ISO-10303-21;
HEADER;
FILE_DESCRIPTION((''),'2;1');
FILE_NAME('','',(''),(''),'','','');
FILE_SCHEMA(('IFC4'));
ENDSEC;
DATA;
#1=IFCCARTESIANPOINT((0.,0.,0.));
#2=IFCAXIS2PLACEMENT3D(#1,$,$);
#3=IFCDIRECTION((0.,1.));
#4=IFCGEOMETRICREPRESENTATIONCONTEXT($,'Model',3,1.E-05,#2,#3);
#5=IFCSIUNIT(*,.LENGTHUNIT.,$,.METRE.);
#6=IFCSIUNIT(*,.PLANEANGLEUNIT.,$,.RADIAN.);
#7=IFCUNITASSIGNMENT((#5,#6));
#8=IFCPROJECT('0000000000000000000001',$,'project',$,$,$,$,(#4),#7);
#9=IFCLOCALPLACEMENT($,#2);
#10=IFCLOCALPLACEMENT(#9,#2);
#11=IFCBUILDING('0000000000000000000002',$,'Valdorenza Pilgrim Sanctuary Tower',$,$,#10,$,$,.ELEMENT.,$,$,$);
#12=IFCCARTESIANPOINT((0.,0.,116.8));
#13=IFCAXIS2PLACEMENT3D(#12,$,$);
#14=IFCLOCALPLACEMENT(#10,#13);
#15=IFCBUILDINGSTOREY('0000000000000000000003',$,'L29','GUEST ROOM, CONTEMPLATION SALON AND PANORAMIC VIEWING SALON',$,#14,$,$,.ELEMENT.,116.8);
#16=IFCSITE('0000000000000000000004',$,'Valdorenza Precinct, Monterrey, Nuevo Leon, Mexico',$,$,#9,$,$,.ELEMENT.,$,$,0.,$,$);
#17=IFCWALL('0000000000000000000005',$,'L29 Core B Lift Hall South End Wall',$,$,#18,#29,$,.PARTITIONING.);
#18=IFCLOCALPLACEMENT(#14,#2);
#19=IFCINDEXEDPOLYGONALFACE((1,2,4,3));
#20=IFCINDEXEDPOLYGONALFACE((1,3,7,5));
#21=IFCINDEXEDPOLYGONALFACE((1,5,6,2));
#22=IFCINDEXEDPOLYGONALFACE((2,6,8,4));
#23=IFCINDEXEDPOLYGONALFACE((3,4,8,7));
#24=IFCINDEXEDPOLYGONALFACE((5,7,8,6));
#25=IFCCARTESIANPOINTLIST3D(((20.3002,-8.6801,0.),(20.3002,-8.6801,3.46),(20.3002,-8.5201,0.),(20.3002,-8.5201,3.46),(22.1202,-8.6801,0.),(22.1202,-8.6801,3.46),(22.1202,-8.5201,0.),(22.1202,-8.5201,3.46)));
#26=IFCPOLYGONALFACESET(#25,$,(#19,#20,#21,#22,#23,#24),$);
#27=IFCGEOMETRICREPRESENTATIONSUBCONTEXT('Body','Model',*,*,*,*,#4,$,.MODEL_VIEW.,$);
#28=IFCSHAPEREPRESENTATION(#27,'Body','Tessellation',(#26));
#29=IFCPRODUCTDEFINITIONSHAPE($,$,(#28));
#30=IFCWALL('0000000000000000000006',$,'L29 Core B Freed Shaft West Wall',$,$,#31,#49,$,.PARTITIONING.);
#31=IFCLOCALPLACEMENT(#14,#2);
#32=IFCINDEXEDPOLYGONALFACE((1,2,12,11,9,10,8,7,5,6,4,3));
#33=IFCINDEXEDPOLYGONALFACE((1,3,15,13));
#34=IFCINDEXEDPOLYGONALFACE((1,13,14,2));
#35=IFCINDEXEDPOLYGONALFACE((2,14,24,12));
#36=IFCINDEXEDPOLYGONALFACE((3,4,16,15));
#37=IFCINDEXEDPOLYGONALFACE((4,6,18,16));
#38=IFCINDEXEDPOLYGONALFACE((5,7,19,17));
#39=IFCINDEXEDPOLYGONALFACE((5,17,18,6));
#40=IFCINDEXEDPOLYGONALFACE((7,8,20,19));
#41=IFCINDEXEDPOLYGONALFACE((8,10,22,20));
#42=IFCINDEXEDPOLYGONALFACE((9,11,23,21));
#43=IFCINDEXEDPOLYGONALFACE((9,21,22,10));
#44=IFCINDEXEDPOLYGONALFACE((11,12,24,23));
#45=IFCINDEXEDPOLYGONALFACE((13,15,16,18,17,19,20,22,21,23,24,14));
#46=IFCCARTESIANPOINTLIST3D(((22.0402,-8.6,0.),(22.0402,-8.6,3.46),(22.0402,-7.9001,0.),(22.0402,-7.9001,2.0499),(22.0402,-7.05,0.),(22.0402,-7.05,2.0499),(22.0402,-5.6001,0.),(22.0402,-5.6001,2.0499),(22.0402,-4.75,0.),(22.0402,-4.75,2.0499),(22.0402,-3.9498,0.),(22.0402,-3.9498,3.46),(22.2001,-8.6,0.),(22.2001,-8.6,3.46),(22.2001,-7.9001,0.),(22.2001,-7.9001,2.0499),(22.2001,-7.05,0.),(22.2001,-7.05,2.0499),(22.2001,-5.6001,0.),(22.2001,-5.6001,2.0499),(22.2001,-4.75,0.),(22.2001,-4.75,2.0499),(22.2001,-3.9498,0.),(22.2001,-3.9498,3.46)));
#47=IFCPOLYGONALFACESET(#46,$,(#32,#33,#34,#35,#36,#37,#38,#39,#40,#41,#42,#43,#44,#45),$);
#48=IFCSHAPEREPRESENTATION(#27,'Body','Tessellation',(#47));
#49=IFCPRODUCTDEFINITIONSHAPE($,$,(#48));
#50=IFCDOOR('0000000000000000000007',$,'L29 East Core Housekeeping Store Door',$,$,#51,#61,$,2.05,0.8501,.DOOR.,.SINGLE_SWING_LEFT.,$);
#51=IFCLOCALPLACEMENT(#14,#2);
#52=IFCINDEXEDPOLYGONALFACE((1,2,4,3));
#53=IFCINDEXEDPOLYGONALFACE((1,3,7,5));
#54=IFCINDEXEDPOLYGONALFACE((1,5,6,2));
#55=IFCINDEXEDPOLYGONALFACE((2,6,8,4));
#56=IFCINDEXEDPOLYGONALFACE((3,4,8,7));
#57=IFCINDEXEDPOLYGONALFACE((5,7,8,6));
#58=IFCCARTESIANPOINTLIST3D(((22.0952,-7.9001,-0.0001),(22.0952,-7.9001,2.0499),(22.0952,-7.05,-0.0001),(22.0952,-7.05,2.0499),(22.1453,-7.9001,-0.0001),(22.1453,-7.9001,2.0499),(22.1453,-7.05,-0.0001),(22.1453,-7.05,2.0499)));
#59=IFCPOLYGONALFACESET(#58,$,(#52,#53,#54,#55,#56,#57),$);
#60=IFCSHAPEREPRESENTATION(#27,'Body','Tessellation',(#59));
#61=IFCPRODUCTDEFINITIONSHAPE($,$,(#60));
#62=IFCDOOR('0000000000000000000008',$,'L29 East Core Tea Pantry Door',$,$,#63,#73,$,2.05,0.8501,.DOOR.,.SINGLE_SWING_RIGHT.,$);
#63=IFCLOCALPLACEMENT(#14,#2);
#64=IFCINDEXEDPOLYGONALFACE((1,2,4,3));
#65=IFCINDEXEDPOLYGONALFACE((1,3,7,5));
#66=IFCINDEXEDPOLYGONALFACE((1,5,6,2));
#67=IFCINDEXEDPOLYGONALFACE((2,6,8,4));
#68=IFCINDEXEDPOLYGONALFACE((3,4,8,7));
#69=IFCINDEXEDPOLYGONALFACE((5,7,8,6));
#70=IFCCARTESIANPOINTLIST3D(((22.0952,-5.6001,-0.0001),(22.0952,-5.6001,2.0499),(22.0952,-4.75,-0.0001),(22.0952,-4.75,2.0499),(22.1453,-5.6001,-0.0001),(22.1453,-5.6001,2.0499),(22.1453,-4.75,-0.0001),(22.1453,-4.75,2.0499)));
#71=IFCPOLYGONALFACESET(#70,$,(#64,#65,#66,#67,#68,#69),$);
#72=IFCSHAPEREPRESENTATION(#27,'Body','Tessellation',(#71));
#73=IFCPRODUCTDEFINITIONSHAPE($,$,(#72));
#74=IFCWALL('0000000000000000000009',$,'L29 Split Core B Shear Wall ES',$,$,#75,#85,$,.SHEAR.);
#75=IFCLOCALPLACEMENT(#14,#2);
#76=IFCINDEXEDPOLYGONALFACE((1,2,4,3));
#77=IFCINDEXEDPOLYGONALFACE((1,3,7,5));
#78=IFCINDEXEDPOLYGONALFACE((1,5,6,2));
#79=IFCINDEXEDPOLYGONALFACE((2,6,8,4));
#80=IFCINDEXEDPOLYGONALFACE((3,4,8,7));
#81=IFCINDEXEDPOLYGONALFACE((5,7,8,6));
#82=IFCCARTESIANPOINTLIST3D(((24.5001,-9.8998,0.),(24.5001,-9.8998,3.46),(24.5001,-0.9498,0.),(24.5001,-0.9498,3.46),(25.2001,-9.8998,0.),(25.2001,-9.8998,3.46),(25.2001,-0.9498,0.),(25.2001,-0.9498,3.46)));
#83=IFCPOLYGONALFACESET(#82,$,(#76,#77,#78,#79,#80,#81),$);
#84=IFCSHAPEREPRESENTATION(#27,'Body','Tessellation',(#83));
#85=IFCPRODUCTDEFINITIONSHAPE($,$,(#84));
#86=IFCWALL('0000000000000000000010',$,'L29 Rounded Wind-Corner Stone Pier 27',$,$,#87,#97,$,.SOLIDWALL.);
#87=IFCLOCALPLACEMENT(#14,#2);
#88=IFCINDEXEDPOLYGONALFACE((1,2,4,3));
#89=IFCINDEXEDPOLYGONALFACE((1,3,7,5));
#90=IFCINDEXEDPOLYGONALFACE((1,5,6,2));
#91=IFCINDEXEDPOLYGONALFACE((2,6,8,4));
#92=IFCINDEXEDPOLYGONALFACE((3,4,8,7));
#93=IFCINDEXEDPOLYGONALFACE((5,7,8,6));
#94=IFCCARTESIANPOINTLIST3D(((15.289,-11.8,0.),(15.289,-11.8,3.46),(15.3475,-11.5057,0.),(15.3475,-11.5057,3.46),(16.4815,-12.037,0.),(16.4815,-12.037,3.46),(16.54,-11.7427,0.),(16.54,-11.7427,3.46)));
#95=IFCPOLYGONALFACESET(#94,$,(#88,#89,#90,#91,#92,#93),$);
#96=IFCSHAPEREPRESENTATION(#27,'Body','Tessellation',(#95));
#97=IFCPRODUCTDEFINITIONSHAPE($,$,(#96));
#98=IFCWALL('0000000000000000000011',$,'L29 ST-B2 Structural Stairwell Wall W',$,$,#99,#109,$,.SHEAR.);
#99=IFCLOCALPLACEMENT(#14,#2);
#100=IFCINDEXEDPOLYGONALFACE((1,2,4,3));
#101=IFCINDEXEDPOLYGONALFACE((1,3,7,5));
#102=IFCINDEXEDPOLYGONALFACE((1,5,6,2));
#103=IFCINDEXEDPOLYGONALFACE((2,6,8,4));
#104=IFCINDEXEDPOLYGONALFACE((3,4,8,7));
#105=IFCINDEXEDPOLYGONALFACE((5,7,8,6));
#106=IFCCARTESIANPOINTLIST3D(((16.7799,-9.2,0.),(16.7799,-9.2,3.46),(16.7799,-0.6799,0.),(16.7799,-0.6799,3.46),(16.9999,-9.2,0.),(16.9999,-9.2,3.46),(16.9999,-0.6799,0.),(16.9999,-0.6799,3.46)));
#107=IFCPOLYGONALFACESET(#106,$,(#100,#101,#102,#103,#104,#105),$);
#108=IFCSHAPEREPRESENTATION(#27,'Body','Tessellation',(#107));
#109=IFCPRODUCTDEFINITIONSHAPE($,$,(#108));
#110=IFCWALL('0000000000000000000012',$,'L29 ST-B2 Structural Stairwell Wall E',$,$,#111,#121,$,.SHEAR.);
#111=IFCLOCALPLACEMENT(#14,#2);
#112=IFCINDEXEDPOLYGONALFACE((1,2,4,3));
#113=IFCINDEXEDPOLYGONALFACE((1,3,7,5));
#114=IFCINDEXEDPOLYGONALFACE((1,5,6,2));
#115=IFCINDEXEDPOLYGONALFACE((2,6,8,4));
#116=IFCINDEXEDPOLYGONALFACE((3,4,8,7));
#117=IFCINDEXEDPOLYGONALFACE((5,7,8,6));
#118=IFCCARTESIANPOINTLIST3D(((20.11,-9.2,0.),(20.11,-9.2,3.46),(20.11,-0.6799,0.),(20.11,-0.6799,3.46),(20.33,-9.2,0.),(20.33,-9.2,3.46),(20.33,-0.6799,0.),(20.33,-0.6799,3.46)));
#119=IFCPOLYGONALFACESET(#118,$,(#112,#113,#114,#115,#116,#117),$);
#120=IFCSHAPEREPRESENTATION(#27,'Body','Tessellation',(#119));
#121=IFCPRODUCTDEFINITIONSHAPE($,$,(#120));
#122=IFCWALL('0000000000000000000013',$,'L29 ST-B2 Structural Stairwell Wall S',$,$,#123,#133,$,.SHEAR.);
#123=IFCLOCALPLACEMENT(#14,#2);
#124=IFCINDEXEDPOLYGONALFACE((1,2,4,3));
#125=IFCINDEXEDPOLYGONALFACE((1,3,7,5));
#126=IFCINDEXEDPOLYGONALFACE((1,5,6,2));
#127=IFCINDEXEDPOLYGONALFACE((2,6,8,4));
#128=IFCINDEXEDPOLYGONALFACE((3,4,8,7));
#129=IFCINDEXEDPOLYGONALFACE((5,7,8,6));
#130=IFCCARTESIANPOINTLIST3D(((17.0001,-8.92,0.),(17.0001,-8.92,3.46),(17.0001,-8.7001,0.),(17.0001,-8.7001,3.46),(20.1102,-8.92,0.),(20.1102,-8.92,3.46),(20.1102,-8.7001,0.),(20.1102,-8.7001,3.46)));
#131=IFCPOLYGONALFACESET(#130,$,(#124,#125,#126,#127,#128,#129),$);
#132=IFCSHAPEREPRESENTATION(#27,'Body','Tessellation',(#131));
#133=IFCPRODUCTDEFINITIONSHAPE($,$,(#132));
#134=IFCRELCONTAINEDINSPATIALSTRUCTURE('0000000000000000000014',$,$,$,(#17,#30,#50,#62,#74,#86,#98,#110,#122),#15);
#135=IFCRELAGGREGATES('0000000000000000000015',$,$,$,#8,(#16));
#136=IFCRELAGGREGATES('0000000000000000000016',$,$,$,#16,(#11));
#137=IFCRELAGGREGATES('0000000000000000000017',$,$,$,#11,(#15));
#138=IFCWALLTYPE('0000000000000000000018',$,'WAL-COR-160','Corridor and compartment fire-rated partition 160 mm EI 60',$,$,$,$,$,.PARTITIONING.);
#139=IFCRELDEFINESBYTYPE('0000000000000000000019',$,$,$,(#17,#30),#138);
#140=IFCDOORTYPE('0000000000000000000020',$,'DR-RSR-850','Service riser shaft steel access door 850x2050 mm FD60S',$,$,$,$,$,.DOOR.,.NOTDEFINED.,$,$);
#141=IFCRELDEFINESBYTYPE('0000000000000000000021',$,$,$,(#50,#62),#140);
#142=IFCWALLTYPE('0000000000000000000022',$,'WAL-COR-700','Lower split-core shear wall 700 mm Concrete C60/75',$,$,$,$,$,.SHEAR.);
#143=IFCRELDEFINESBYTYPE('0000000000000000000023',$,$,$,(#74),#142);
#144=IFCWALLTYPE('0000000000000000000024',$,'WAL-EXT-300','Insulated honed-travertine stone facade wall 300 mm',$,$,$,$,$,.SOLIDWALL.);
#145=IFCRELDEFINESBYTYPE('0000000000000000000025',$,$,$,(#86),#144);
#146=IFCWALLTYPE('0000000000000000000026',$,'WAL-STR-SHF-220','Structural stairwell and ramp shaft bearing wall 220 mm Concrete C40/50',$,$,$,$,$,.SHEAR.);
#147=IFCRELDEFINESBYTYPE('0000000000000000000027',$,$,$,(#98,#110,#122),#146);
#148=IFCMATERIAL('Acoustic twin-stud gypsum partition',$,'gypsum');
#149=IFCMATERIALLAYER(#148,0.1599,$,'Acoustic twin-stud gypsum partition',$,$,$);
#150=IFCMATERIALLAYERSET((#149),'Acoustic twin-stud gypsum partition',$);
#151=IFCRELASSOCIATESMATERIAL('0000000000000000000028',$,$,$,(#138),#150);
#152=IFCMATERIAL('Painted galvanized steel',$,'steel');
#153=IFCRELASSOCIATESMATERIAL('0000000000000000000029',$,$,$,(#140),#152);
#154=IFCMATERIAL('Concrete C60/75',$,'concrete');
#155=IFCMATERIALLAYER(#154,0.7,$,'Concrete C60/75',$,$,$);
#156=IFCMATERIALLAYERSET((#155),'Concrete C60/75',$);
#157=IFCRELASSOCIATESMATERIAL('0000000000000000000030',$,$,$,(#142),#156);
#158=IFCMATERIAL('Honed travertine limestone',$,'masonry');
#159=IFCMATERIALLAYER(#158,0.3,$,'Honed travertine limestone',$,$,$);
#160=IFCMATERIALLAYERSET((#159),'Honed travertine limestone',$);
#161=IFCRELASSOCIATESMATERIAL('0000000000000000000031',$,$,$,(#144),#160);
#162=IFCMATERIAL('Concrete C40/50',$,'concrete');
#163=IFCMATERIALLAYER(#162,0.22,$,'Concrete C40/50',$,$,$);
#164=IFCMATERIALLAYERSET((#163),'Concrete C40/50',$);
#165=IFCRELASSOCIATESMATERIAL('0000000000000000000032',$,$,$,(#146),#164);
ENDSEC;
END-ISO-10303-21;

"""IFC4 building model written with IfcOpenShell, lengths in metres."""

from ifc_helpers import new_model, si_unit, direction, frame, frame_2d, origin, place, context, subcontext, project, spatial, rectangle, extrude, material, layer, layer_set, type_object, element, fill, save


model = new_model("IFC4")

# Units and contexts
model_context = context("Model", 3, precision=1e-05, world=origin(), true_north=direction((0.0, 1.0)))
body_context = subcontext(model_context, "Body", "Model", "MODEL_VIEW")
ifc_project = project(units=[si_unit("LENGTHUNIT", "METRE"), si_unit("PLANEANGLEUNIT", "RADIAN")], contexts=[model_context])

# Site, building, storey
site_placement = place(None, origin())
site = spatial("IfcSite", under=ifc_project, at=site_placement, Name="Valdorenza Precinct, Monterrey, Nuevo Leon, Mexico", CompositionType="ELEMENT", RefElevation=0.0)
building_placement = place(site_placement, origin())
building = spatial("IfcBuilding", under=site, at=building_placement, Name="Valdorenza Pilgrim Sanctuary Tower", CompositionType="ELEMENT")
storey_placement = place(building_placement, frame((0.0, 0.0, 116.8)))
storey = spatial("IfcBuildingStorey", under=building, at=storey_placement, Name="L29", Description="GUEST ROOM, CONTEMPLATION SALON AND PANORAMIC VIEWING SALON", CompositionType="ELEMENT", Elevation=116.8)

# Shared definitions
ifc_material_1 = material(Name="Concrete C60/75", Category="concrete")

# Shared definitions
ifc_material_2 = material(Name="Honed travertine limestone", Category="masonry")

# Wall
ifc_material_3 = material(Name="Acoustic twin-stud gypsum partition", Category="gypsum")
ifc_layer_1 = layer(ifc_material_3, 0.1599, Name="Acoustic twin-stud gypsum partition")
ifc_layer_set_1 = layer_set([ifc_layer_1], Name="Acoustic twin-stud gypsum partition")
wall_type_1 = type_object("IfcWallType", Name="WAL-COR-160", Description="Corridor and compartment fire-rated partition 160 mm EI 60", PredefinedType="PARTITIONING", material=ifc_layer_set_1)
wall_1_placement = place(storey_placement, frame((20.3, -8.6001, 0.0), z_axis=(0.0, 0.0, 1.0), x_axis=(1.0, 0.0, 0.0)))
element("IfcWall", 1, at=wall_1_placement, inside=storey, type_object=wall_type_1, Name="L29 Core B Lift Hall South End Wall", PredefinedType="PARTITIONING", context=body_context, shape_type="SweptSolid", body=[
    extrude(rectangle(XDim=1.8201, YDim=0.1599, at=frame_2d((0.9102, 0.0))), origin(), (0.0, 0.0, 1.0), 3.46),
])

# Wall, openings, doors
wall_2_placement = place(storey_placement, frame((22.1201, -8.6001, 0.0), z_axis=(0.0, 0.0, 1.0), x_axis=(0.0, 1.0, 0.0)))
wall_2 = element("IfcWall", 2, at=wall_2_placement, inside=storey, type_object=wall_type_1, Name="L29 Core B Freed Shaft West Wall", PredefinedType="PARTITIONING", context=body_context, shape_type="SweptSolid", body=[
    extrude(rectangle(XDim=4.6501, YDim=0.1599, at=frame_2d((2.3252, 0.0))), origin(), (0.0, 0.0, 1.0), 3.46),
])
opening_1_placement = place(wall_2_placement, frame((0.7, 0.0, 0.0)))
opening_1 = element("IfcOpeningElement", 3, at=opening_1_placement, cuts=wall_2, PredefinedType="OPENING", context=body_context, shape_type="SweptSolid", body=[
    extrude(rectangle(XDim=0.8501, YDim=2.05, at=frame_2d((0.425, 1.0249))), frame((0.0, 0.0947, 0.0), z_axis=(0.0, -1.0, 0.0), x_axis=(1.0, 0.0, 0.0)), (0.0, 0.0, 1.0), 0.1897),
])
opening_2_placement = place(wall_2_placement, frame((3.0, 0.0, 0.0)))
opening_2 = element("IfcOpeningElement", 4, at=opening_2_placement, cuts=wall_2, PredefinedType="OPENING", context=body_context, shape_type="SweptSolid", body=[
    extrude(rectangle(XDim=0.8501, YDim=2.05, at=frame_2d((0.425, 1.0249))), frame((0.0, 0.0947, 0.0), z_axis=(0.0, -1.0, 0.0), x_axis=(1.0, 0.0, 0.0)), (0.0, 0.0, 1.0), 0.1897),
])
ifc_material_4 = material(Name="Painted galvanized steel", Category="steel")
door_type = type_object("IfcDoorType", Name="DR-RSR-850", Description="Service riser shaft steel access door 850x2050 mm FD60S", OperationType="NOTDEFINED", PredefinedType="DOOR", material=ifc_material_4)
door_1_placement = place(opening_1_placement, origin())
door_1 = element("IfcDoor", 5, at=door_1_placement, inside=storey, type_object=door_type, Name="L29 East Core Housekeeping Store Door", OperationType="SINGLE_SWING_LEFT", OverallHeight=2.05, OverallWidth=0.8501, PredefinedType="DOOR", context=body_context, shape_type="SweptSolid", body=[
    extrude(rectangle(XDim=0.8501, YDim=2.05, at=frame_2d((0.425, 1.0249))), frame((0.0, 0.0249, 0.0), z_axis=(0.0, -1.0, 0.0), x_axis=(1.0, 0.0, 0.0)), (0.0, 0.0, 1.0), 0.05),
])
fill(opening_1, door_1)
door_2_placement = place(opening_2_placement, origin())
door_2 = element("IfcDoor", 6, at=door_2_placement, inside=storey, type_object=door_type, Name="L29 East Core Tea Pantry Door", OperationType="SINGLE_SWING_RIGHT", OverallHeight=2.05, OverallWidth=0.8501, PredefinedType="DOOR", context=body_context, shape_type="SweptSolid", body=[
    extrude(rectangle(XDim=0.8501, YDim=2.05, at=frame_2d((0.425, 1.0249))), frame((0.0, 0.0249, 0.0), z_axis=(0.0, -1.0, 0.0), x_axis=(1.0, 0.0, 0.0)), (0.0, 0.0, 1.0), 0.05),
])
fill(opening_2, door_2)

# Walls
ifc_layer_2 = layer(ifc_material_1, 0.7, Name="Concrete C60/75")
ifc_layer_set_2 = layer_set([ifc_layer_2], Name="Concrete C60/75")
wall_type_2 = type_object("IfcWallType", Name="WAL-COR-700", Description="Lower split-core shear wall 700 mm Concrete C60/75", PredefinedType="SHEAR", material=ifc_layer_set_2)
wall_3_placement = place(storey_placement, frame((24.8501, -9.8999, 0.0), z_axis=(0.0, 0.0, 1.0), x_axis=(0.0, 1.0, 0.0)))
element("IfcWall", 7, at=wall_3_placement, inside=storey, type_object=wall_type_2, Name="L29 Split Core B Shear Wall ES", PredefinedType="SHEAR", context=body_context, shape_type="SweptSolid", body=[
    extrude(rectangle(XDim=8.95, YDim=0.7, at=frame_2d((4.4751, 0.0))), origin(), (0.0, 0.0, 1.0), 3.46),
])
ifc_layer_3 = layer(ifc_material_2, 0.3, Name="Honed travertine limestone")
ifc_layer_set_3 = layer_set([ifc_layer_3], Name="Honed travertine limestone")
wall_type_3 = type_object("IfcWallType", Name="WAL-EXT-300", Description="Insulated honed-travertine stone facade wall 300 mm", PredefinedType="SOLIDWALL", material=ifc_layer_set_3)
wall_4_placement = place(storey_placement, frame((16.5107, -11.8899, 0.0), z_axis=(0.0, 0.0, 1.0), x_axis=(-0.980804, 0.194996, 0.0)))
element("IfcWall", 8, at=wall_4_placement, inside=storey, type_object=wall_type_3, Name="L29 Rounded Wind-Corner Stone Pier 27", PredefinedType="SOLIDWALL", context=body_context, shape_type="SweptSolid", body=[
    extrude(rectangle(XDim=1.2158, YDim=0.3, at=frame_2d((0.6079, 0.0))), origin(), (0.0, 0.0, 1.0), 3.46),
])
ifc_material_5 = material(Name="Concrete C40/50", Category="concrete")
ifc_layer_4 = layer(ifc_material_5, 0.22, Name="Concrete C40/50")
ifc_layer_set_4 = layer_set([ifc_layer_4], Name="Concrete C40/50")
wall_type_4 = type_object("IfcWallType", Name="WAL-STR-SHF-220", Description="Structural stairwell and ramp shaft bearing wall 220 mm Concrete C40/50", PredefinedType="SHEAR", material=ifc_layer_set_4)
for number, where, z_axis, x_axis, name in (
    (9, (16.8899, -9.2, 0.0), (0.0, 0.0, 1.0), (0.0, 1.0, 0.0), "L29 ST-B2 Structural Stairwell Wall W"),
    (10, (20.22, -9.2, 0.0), (0.0, 0.0, 1.0), (0.0, 1.0, 0.0), "L29 ST-B2 Structural Stairwell Wall E"),
):
    element("IfcWall", number, at=place(storey_placement, frame(where, z_axis=z_axis, x_axis=x_axis)), inside=storey, type_object=wall_type_4, Name=name, PredefinedType="SHEAR", context=body_context, shape_type="SweptSolid", body=[
        extrude(rectangle(XDim=8.52, YDim=0.22, at=frame_2d((4.26, 0.0))), origin(), (0.0, 0.0, 1.0), 3.46),
    ])
wall_5_placement = place(storey_placement, frame((17.0, -8.8101, 0.0), z_axis=(0.0, 0.0, 1.0), x_axis=(1.0, 0.0, 0.0)))
element("IfcWall", 11, at=wall_5_placement, inside=storey, type_object=wall_type_4, Name="L29 ST-B2 Structural Stairwell Wall S", PredefinedType="SHEAR", context=body_context, shape_type="SweptSolid", body=[
    extrude(rectangle(XDim=3.1101, YDim=0.22, at=frame_2d((1.5552, 0.0))), origin(), (0.0, 0.0, 1.0), 3.46),
])

save(model, "model.ifc")
